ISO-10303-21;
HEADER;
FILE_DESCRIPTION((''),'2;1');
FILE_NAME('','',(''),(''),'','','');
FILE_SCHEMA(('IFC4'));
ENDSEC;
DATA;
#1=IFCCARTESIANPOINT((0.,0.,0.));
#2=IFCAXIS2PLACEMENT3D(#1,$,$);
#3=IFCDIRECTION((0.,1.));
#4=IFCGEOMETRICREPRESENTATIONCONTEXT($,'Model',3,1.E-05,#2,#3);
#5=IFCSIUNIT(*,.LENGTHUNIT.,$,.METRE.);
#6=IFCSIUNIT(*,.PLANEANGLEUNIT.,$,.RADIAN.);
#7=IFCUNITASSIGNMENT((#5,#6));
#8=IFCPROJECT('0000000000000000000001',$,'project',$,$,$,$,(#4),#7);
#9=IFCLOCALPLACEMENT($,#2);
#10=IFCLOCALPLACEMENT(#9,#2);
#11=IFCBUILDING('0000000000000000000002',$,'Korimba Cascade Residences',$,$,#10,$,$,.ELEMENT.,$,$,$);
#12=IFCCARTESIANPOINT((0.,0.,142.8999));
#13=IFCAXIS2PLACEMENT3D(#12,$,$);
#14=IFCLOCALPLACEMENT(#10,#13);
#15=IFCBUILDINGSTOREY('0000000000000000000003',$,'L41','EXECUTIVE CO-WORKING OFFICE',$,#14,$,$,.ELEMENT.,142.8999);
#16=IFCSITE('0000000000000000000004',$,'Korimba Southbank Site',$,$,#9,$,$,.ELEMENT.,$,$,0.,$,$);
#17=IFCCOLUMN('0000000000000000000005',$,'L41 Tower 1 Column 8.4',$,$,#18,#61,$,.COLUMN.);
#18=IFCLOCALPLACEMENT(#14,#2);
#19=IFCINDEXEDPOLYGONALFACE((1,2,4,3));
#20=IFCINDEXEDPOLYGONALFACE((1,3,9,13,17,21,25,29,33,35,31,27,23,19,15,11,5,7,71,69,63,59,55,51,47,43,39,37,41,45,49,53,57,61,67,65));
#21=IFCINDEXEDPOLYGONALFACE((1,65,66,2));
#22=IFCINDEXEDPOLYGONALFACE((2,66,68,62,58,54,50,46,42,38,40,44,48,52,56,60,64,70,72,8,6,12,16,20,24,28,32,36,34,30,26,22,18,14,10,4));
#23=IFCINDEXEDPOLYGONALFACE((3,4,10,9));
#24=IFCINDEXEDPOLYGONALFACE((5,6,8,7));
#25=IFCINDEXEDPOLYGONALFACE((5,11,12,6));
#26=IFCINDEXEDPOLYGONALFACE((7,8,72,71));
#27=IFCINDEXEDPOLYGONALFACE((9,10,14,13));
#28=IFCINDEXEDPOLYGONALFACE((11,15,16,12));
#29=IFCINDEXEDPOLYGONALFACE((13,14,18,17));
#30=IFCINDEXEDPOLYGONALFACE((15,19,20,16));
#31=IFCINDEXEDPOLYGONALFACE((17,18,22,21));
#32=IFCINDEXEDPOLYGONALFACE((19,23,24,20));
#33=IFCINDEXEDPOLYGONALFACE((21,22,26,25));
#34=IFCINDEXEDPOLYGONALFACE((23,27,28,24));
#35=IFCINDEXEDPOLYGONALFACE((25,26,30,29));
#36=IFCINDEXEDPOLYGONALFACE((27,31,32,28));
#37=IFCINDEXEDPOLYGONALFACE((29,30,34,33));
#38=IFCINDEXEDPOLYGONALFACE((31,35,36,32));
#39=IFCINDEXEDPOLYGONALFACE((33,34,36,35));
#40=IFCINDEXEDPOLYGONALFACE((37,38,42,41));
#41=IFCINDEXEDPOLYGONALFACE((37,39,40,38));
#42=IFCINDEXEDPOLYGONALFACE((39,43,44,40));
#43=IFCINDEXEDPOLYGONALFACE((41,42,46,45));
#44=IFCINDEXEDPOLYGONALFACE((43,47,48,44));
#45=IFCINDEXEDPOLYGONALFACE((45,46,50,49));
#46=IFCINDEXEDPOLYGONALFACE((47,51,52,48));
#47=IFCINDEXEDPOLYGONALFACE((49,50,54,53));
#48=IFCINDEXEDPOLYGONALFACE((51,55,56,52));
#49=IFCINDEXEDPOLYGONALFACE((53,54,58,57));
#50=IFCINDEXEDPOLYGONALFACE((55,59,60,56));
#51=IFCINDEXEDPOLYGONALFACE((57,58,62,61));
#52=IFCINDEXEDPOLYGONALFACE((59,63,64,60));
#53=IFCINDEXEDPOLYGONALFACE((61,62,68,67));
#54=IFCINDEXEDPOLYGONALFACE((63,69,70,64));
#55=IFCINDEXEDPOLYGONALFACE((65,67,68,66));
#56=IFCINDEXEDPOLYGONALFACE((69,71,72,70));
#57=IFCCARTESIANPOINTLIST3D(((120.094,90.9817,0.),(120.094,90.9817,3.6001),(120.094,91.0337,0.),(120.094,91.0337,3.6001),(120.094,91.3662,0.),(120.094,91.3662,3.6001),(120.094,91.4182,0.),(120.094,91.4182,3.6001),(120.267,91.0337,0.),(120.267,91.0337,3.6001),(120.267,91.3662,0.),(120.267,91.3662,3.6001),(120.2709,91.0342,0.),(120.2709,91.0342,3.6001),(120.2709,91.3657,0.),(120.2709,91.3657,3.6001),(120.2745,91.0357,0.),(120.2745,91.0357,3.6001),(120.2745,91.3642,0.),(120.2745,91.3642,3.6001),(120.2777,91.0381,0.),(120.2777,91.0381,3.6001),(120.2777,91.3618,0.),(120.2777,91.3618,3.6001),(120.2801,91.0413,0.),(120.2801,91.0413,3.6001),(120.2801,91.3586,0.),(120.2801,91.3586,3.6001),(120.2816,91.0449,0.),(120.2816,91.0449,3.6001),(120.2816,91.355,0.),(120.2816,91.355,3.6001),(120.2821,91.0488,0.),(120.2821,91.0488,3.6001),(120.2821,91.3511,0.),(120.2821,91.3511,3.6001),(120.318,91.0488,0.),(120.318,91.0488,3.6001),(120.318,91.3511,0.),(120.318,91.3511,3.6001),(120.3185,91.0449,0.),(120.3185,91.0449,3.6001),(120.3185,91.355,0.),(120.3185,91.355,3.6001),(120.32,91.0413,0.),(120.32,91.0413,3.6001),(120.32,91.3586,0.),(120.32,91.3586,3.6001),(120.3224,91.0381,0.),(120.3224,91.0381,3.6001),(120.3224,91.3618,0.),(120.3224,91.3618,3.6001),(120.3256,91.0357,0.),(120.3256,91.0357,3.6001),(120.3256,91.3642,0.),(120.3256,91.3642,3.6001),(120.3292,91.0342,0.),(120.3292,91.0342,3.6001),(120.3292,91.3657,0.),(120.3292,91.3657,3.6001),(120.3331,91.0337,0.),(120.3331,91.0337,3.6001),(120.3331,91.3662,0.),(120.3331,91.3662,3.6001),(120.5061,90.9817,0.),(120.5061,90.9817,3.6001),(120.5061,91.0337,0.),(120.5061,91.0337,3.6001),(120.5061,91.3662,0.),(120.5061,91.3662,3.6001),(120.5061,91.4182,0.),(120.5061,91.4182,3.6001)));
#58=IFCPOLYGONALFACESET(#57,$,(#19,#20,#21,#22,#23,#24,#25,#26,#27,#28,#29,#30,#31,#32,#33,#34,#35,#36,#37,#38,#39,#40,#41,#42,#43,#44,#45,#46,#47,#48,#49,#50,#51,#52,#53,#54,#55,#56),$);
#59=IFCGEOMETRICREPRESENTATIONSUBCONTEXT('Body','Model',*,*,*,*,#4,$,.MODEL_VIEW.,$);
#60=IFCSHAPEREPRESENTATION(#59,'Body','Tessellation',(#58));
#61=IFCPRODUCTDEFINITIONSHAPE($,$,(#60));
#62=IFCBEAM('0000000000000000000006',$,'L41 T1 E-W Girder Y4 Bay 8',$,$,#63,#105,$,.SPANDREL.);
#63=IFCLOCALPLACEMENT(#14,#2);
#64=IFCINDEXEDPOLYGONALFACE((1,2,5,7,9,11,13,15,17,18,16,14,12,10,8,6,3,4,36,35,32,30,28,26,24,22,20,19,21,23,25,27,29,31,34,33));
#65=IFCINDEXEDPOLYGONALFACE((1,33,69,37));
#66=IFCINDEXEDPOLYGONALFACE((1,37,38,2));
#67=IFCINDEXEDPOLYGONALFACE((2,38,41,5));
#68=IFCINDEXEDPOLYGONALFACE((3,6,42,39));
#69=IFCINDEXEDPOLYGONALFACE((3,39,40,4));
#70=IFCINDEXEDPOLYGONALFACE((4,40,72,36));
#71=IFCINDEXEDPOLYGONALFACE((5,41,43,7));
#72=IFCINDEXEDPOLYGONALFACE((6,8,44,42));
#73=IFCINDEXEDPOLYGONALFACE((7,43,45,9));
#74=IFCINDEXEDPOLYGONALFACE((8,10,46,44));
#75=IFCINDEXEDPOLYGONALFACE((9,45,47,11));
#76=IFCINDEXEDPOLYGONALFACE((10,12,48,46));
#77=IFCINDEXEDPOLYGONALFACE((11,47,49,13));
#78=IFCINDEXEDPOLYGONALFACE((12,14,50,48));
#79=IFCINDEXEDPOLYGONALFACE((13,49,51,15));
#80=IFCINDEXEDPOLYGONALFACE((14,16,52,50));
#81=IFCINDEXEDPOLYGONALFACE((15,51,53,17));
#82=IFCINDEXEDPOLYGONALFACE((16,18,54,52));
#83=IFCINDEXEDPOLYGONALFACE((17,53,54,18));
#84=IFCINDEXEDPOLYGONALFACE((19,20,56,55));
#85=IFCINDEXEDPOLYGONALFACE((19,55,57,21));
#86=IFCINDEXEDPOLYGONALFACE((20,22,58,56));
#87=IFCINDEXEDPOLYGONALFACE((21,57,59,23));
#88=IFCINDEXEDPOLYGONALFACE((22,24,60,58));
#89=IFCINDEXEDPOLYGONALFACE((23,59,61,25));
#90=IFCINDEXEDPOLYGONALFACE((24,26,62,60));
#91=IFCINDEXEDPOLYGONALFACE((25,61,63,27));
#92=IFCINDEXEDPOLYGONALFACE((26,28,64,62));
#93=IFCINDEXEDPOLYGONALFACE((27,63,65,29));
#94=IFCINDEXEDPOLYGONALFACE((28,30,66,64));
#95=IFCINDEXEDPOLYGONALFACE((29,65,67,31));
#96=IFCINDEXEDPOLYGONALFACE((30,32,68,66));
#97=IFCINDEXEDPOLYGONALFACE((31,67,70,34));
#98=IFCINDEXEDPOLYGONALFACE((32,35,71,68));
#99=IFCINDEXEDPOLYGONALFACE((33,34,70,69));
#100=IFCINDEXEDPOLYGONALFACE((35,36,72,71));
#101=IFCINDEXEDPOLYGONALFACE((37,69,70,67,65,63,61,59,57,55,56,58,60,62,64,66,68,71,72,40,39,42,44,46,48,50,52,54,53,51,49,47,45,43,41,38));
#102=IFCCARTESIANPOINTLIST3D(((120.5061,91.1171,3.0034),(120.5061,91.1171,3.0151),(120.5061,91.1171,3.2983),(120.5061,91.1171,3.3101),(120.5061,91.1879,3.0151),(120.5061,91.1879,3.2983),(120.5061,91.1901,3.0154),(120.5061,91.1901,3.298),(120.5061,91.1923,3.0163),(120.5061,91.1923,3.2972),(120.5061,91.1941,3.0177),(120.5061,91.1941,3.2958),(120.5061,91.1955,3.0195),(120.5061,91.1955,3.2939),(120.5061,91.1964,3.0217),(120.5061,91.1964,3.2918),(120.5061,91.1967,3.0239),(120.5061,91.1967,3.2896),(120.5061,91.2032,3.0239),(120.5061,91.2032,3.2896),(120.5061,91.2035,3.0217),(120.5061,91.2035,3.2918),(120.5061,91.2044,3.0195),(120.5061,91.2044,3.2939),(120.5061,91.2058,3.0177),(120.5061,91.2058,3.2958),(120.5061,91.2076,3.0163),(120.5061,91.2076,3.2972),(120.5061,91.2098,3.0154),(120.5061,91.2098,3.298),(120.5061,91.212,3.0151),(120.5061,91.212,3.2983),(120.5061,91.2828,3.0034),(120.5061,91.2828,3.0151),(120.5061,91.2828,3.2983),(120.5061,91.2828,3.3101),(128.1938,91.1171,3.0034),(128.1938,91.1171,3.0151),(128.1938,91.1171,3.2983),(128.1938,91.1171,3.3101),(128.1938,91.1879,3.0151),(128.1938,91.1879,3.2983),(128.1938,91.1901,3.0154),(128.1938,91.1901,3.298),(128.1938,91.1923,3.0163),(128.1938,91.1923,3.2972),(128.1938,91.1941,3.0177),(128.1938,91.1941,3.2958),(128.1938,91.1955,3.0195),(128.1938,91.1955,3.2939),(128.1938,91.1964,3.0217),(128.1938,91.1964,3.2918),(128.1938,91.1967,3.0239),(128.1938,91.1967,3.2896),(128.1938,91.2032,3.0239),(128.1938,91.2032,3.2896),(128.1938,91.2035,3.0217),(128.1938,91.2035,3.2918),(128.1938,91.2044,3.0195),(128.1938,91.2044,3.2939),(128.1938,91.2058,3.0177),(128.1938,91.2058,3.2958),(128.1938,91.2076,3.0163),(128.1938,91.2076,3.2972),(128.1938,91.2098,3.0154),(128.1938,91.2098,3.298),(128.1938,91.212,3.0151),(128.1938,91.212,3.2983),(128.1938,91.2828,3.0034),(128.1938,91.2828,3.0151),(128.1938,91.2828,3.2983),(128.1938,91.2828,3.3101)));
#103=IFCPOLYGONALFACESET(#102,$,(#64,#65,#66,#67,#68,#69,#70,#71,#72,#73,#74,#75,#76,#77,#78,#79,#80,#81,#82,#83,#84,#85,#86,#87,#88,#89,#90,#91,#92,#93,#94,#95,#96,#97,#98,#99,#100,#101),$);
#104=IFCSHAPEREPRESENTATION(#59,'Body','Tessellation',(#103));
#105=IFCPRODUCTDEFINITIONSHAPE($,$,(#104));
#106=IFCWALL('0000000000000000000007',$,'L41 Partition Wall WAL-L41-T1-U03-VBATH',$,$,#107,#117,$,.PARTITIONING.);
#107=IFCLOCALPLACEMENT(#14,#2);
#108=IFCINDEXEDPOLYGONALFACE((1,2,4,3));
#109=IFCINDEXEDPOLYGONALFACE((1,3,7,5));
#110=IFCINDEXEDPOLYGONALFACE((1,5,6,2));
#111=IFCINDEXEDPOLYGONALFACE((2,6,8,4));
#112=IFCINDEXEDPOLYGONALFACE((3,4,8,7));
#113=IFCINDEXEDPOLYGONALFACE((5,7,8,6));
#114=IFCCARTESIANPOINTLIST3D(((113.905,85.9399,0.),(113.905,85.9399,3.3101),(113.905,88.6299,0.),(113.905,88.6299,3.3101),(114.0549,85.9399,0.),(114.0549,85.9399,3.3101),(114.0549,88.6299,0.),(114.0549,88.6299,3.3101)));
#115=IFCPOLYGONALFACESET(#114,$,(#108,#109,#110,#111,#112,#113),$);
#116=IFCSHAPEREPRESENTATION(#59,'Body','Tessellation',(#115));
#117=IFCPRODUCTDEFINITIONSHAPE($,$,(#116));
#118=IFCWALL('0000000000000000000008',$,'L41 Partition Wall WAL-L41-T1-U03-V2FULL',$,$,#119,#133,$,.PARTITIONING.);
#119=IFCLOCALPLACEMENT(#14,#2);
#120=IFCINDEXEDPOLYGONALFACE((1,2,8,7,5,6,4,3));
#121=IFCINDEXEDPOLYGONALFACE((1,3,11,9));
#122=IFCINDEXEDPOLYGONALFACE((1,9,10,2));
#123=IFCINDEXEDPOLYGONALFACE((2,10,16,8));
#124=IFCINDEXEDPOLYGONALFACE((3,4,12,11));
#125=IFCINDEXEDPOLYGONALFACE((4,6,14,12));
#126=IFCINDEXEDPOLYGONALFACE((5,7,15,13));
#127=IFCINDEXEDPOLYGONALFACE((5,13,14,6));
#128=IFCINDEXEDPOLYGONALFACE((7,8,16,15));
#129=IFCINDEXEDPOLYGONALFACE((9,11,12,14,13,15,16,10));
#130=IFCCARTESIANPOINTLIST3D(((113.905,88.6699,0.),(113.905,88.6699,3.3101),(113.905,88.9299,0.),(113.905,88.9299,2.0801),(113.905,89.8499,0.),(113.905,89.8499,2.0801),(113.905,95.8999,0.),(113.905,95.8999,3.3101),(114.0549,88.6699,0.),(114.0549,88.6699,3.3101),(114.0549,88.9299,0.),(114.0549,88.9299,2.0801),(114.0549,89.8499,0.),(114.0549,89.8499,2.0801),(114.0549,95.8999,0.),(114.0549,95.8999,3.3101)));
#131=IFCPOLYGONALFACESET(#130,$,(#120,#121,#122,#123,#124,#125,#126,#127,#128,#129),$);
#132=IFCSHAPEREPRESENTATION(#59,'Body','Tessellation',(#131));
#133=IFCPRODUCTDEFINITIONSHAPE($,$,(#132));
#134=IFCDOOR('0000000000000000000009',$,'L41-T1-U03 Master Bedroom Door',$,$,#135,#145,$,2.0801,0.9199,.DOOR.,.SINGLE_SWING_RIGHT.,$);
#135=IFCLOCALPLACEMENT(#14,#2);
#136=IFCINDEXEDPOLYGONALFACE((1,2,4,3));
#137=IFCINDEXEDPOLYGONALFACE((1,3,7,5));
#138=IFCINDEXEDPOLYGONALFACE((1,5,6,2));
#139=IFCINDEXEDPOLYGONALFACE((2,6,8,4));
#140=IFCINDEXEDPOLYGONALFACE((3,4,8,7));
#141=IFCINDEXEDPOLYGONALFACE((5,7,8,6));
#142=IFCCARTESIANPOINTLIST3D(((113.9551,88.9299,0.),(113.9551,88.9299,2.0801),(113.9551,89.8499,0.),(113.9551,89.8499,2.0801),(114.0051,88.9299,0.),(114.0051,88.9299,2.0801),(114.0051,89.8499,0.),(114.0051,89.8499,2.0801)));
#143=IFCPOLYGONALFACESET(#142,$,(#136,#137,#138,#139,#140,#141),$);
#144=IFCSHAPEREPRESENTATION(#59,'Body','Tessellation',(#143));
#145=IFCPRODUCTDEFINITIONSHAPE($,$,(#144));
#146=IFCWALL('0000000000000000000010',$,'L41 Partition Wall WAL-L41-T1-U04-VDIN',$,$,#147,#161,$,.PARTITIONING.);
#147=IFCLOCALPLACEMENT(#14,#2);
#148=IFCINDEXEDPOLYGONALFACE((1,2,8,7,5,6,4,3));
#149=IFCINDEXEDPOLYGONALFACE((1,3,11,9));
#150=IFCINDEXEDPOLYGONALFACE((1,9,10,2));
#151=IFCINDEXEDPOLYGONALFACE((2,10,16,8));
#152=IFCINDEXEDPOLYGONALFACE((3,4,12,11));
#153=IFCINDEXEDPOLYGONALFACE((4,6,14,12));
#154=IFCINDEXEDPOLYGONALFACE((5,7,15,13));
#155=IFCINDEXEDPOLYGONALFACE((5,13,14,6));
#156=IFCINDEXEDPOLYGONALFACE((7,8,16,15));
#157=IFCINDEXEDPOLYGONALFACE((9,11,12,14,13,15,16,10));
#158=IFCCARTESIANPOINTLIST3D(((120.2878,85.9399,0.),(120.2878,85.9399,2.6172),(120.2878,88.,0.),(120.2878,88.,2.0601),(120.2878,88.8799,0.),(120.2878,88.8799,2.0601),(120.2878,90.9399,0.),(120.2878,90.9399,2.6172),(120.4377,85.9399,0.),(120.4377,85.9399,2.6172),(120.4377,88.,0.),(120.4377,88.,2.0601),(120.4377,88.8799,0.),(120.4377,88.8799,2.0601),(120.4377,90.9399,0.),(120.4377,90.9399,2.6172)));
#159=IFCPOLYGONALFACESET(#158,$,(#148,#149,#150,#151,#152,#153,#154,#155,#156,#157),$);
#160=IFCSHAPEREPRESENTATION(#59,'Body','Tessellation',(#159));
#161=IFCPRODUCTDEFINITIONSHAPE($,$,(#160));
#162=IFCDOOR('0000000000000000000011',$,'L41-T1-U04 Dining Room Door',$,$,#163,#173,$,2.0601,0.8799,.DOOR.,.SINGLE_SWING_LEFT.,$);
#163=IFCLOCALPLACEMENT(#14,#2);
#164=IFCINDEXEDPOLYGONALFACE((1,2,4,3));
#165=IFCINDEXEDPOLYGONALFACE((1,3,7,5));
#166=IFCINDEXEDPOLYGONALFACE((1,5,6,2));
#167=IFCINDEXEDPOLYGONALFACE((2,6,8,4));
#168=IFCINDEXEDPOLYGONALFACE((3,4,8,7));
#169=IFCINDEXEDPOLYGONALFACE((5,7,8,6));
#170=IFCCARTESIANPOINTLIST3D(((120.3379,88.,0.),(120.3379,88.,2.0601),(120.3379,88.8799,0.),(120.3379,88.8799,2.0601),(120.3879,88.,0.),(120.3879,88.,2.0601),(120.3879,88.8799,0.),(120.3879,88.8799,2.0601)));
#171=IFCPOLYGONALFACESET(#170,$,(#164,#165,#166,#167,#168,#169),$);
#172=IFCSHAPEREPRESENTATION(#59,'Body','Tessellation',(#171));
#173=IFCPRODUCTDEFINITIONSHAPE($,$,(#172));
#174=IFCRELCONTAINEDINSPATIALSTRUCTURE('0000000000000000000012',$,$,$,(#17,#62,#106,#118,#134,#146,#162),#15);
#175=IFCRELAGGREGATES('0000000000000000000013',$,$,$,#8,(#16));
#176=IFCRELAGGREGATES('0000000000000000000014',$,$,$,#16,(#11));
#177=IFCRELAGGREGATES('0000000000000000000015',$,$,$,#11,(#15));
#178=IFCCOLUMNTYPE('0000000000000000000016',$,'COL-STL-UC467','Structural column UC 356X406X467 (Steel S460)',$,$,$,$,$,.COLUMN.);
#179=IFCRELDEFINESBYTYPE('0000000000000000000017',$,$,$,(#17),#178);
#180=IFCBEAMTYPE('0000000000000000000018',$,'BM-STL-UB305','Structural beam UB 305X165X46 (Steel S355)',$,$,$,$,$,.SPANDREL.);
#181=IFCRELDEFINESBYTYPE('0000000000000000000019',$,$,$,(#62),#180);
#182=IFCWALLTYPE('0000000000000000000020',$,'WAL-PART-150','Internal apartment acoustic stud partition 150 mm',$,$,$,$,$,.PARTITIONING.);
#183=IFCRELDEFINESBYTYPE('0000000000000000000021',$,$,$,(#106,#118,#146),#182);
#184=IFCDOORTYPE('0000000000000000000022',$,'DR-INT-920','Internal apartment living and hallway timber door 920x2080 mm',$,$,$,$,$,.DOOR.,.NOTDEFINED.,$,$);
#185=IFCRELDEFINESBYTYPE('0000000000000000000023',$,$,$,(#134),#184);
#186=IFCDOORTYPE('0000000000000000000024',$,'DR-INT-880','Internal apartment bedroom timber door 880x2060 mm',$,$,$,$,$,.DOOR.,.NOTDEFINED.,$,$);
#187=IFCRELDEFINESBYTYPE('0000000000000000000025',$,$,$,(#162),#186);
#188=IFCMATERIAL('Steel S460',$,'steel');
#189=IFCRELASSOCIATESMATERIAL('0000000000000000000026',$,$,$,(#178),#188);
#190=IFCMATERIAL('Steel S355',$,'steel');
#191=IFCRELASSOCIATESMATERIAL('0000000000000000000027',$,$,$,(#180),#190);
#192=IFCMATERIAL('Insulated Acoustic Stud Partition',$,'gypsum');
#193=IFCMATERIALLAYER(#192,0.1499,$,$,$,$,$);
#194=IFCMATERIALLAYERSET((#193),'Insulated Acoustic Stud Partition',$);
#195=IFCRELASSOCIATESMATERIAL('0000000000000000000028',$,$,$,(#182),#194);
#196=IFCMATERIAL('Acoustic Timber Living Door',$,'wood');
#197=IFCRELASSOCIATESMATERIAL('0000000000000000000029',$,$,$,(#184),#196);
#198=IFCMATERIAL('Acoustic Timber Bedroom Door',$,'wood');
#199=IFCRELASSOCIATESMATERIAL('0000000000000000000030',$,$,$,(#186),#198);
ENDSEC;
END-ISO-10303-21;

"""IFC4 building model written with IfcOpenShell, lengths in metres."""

from ifc_helpers import new_model, si_unit, direction, frame, frame_2d, origin, origin_2d, place, context, subcontext, project, spatial, rectangle, i_section, extrude, material, layer, layer_set, material_profile, profile_set, type_object, element, fill, save


model = new_model("IFC4")

# Units and contexts
model_context = context("Model", 3, precision=1e-05, world=origin(), true_north=direction((0.0, 1.0)))
body_context = subcontext(model_context, "Body", "Model", "MODEL_VIEW")
ifc_project = project(units=[si_unit("LENGTHUNIT", "METRE"), si_unit("PLANEANGLEUNIT", "RADIAN")], contexts=[model_context])

# Site, building, storey
site_placement = place(None, origin())
site = spatial("IfcSite", under=ifc_project, at=site_placement, Name="Korimba Southbank Site", CompositionType="ELEMENT", RefElevation=0.0)
building_placement = place(site_placement, origin())
building = spatial("IfcBuilding", under=site, at=building_placement, Name="Korimba Cascade Residences", CompositionType="ELEMENT")
storey_placement = place(building_placement, frame((0.0, 0.0, 142.8999)))
storey = spatial("IfcBuildingStorey", under=building, at=storey_placement, Name="L41", Description="EXECUTIVE CO-WORKING OFFICE", CompositionType="ELEMENT", Elevation=142.8999)

# Column
ifc_material_1 = material(Name="Steel S460", Category="steel")
ifc_material_profile_1 = material_profile(ifc_material_1, i_section(OverallWidth=0.4121, OverallDepth=0.4365, WebThickness=0.0359, FlangeThickness=0.052, FilletRadius=0.0151, at=origin_2d()), Name="Steel S460")
ifc_profile_set_1 = profile_set([ifc_material_profile_1], Name="Steel S460")
column_type = type_object("IfcColumnType", Name="COL-STL-UC467", Description="Structural column UC 356X406X467 (Steel S460)", PredefinedType="COLUMN", material=ifc_profile_set_1)
column_placement = place(storey_placement, frame((120.3, 91.2, 0.0), z_axis=(0.0, 0.0, 1.0), x_axis=(1.0, 0.0, 0.0)))
element("IfcColumn", 1, at=column_placement, inside=storey, type_object=column_type, Name="L41 Tower 1 Column 8.4", PredefinedType="COLUMN", context=body_context, shape_type="SweptSolid", body=[
    extrude(i_section(OverallWidth=0.4121, OverallDepth=0.4365, WebThickness=0.0359, FlangeThickness=0.052, FilletRadius=0.0151, at=origin_2d()), origin(), (0.0, 0.0, 1.0), 3.6001),
])

# Beam
ifc_material_2 = material(Name="Steel S355", Category="steel")
ifc_material_profile_2 = material_profile(ifc_material_2, i_section(OverallWidth=0.1658, OverallDepth=0.3066, WebThickness=0.0066, FlangeThickness=0.0117, FilletRadius=0.0088, at=origin_2d()), Name="Steel S355")
ifc_profile_set_2 = profile_set([ifc_material_profile_2], Name="Steel S355")
beam_type = type_object("IfcBeamType", Name="BM-STL-UB305", Description="Structural beam UB 305X165X46 (Steel S355)", PredefinedType="SPANDREL", material=ifc_profile_set_2)
beam_placement = place(storey_placement, frame((120.5061, 91.2, 3.1567), z_axis=(1.0, 0.0, 0.0), x_axis=(0.0, 1.0, 0.0)))
element("IfcBeam", 2, at=beam_placement, inside=storey, type_object=beam_type, Name="L41 T1 E-W Girder Y4 Bay 8", PredefinedType="SPANDREL", context=body_context, shape_type="SweptSolid", body=[
    extrude(i_section(OverallWidth=0.1658, OverallDepth=0.3066, WebThickness=0.0066, FlangeThickness=0.0117, FilletRadius=0.0088, at=origin_2d()), origin(), (0.0, 0.0, 1.0), 7.6877),
])

# Wall
ifc_material_3 = material(Name="Insulated Acoustic Stud Partition", Category="gypsum")
ifc_layer = layer(ifc_material_3, 0.1499)
ifc_layer_set = layer_set([ifc_layer], Name="Insulated Acoustic Stud Partition")
wall_type = type_object("IfcWallType", Name="WAL-PART-150", Description="Internal apartment acoustic stud partition 150 mm", PredefinedType="PARTITIONING", material=ifc_layer_set)
wall_1_placement = place(storey_placement, frame((113.98, 85.9399, 0.0), z_axis=(0.0, 0.0, 1.0), x_axis=(0.0, 1.0, 0.0)))
element("IfcWall", 3, at=wall_1_placement, inside=storey, type_object=wall_type, Name="L41 Partition Wall WAL-L41-T1-U03-VBATH", PredefinedType="PARTITIONING", context=body_context, shape_type="SweptSolid", body=[
    extrude(rectangle(XDim=2.6899, YDim=0.1499, at=frame_2d((1.345, 0.0))), origin(), (0.0, 0.0, 1.0), 3.3101),
])

# Walls, openings, doors
wall_2_placement = place(storey_placement, frame((113.98, 88.6699, 0.0), z_axis=(0.0, 0.0, 1.0), x_axis=(0.0, 1.0, 0.0)))
wall_2 = element("IfcWall", 4, at=wall_2_placement, inside=storey, type_object=wall_type, Name="L41 Partition Wall WAL-L41-T1-U03-V2FULL", PredefinedType="PARTITIONING", context=body_context, shape_type="SweptSolid", body=[
    extrude(rectangle(XDim=7.23, YDim=0.1499, at=frame_2d((3.615, 0.0))), origin(), (0.0, 0.0, 1.0), 3.3101),
])
opening_1_placement = place(wall_2_placement, frame((0.26, 0.0, 0.0)))
opening_1 = element("IfcOpeningElement", 5, at=opening_1_placement, cuts=wall_2, PredefinedType="OPENING", context=body_context, shape_type="SweptSolid", body=[
    extrude(rectangle(XDim=0.9199, YDim=2.0801, at=frame_2d((0.46, 1.04))), frame((0.0, 0.085, 0.0), z_axis=(0.0, -1.0, 0.0), x_axis=(1.0, 0.0, 0.0)), (0.0, 0.0, 1.0), 0.1699),
])
ifc_material_4 = material(Name="Acoustic Timber Living Door", Category="wood")
door_type_1 = type_object("IfcDoorType", Name="DR-INT-920", Description="Internal apartment living and hallway timber door 920x2080 mm", OperationType="NOTDEFINED", PredefinedType="DOOR", material=ifc_material_4)
door_1_placement = place(opening_1_placement, origin())
door_1 = element("IfcDoor", 6, at=door_1_placement, inside=storey, type_object=door_type_1, Name="L41-T1-U03 Master Bedroom Door", OperationType="SINGLE_SWING_RIGHT", OverallHeight=2.0801, OverallWidth=0.9199, PredefinedType="DOOR", context=body_context, shape_type="SweptSolid", body=[
    extrude(rectangle(XDim=0.9199, YDim=2.0801, at=frame_2d((0.46, 1.04))), frame((0.0, 0.0249, 0.0), z_axis=(0.0, -1.0, 0.0), x_axis=(1.0, 0.0, 0.0)), (0.0, 0.0, 1.0), 0.05),
])
fill(opening_1, door_1)
wall_3_placement = place(storey_placement, frame((120.3628, 85.9399, 0.0), z_axis=(0.0, 0.0, 1.0), x_axis=(0.0, 1.0, 0.0)))
wall_3 = element("IfcWall", 7, at=wall_3_placement, inside=storey, type_object=wall_type, Name="L41 Partition Wall WAL-L41-T1-U04-VDIN", PredefinedType="PARTITIONING", context=body_context, shape_type="SweptSolid", body=[
    extrude(rectangle(XDim=5.0, YDim=0.1499, at=frame_2d((2.5, 0.0))), origin(), (0.0, 0.0, 1.0), 2.6172),
])
opening_2_placement = place(wall_3_placement, frame((2.0601, 0.0, 0.0)))
opening_2 = element("IfcOpeningElement", 8, at=opening_2_placement, cuts=wall_3, PredefinedType="OPENING", context=body_context, shape_type="SweptSolid", body=[
    extrude(rectangle(XDim=0.8799, YDim=2.0601, at=frame_2d((0.4399, 1.03))), frame((0.0, 0.085, 0.0), z_axis=(0.0, -1.0, 0.0), x_axis=(1.0, 0.0, 0.0)), (0.0, 0.0, 1.0), 0.1699),
])
ifc_material_5 = material(Name="Acoustic Timber Bedroom Door", Category="wood")
door_type_2 = type_object("IfcDoorType", Name="DR-INT-880", Description="Internal apartment bedroom timber door 880x2060 mm", OperationType="NOTDEFINED", PredefinedType="DOOR", material=ifc_material_5)
door_2_placement = place(opening_2_placement, origin())
door_2 = element("IfcDoor", 9, at=door_2_placement, inside=storey, type_object=door_type_2, Name="L41-T1-U04 Dining Room Door", OperationType="SINGLE_SWING_LEFT", OverallHeight=2.0601, OverallWidth=0.8799, PredefinedType="DOOR", context=body_context, shape_type="SweptSolid", body=[
    extrude(rectangle(XDim=0.8799, YDim=2.0601, at=frame_2d((0.4399, 1.03))), frame((0.0, 0.0249, 0.0), z_axis=(0.0, -1.0, 0.0), x_axis=(1.0, 0.0, 0.0)), (0.0, 0.0, 1.0), 0.05),
])
fill(opening_2, door_2)

save(model, "model.ifc")
